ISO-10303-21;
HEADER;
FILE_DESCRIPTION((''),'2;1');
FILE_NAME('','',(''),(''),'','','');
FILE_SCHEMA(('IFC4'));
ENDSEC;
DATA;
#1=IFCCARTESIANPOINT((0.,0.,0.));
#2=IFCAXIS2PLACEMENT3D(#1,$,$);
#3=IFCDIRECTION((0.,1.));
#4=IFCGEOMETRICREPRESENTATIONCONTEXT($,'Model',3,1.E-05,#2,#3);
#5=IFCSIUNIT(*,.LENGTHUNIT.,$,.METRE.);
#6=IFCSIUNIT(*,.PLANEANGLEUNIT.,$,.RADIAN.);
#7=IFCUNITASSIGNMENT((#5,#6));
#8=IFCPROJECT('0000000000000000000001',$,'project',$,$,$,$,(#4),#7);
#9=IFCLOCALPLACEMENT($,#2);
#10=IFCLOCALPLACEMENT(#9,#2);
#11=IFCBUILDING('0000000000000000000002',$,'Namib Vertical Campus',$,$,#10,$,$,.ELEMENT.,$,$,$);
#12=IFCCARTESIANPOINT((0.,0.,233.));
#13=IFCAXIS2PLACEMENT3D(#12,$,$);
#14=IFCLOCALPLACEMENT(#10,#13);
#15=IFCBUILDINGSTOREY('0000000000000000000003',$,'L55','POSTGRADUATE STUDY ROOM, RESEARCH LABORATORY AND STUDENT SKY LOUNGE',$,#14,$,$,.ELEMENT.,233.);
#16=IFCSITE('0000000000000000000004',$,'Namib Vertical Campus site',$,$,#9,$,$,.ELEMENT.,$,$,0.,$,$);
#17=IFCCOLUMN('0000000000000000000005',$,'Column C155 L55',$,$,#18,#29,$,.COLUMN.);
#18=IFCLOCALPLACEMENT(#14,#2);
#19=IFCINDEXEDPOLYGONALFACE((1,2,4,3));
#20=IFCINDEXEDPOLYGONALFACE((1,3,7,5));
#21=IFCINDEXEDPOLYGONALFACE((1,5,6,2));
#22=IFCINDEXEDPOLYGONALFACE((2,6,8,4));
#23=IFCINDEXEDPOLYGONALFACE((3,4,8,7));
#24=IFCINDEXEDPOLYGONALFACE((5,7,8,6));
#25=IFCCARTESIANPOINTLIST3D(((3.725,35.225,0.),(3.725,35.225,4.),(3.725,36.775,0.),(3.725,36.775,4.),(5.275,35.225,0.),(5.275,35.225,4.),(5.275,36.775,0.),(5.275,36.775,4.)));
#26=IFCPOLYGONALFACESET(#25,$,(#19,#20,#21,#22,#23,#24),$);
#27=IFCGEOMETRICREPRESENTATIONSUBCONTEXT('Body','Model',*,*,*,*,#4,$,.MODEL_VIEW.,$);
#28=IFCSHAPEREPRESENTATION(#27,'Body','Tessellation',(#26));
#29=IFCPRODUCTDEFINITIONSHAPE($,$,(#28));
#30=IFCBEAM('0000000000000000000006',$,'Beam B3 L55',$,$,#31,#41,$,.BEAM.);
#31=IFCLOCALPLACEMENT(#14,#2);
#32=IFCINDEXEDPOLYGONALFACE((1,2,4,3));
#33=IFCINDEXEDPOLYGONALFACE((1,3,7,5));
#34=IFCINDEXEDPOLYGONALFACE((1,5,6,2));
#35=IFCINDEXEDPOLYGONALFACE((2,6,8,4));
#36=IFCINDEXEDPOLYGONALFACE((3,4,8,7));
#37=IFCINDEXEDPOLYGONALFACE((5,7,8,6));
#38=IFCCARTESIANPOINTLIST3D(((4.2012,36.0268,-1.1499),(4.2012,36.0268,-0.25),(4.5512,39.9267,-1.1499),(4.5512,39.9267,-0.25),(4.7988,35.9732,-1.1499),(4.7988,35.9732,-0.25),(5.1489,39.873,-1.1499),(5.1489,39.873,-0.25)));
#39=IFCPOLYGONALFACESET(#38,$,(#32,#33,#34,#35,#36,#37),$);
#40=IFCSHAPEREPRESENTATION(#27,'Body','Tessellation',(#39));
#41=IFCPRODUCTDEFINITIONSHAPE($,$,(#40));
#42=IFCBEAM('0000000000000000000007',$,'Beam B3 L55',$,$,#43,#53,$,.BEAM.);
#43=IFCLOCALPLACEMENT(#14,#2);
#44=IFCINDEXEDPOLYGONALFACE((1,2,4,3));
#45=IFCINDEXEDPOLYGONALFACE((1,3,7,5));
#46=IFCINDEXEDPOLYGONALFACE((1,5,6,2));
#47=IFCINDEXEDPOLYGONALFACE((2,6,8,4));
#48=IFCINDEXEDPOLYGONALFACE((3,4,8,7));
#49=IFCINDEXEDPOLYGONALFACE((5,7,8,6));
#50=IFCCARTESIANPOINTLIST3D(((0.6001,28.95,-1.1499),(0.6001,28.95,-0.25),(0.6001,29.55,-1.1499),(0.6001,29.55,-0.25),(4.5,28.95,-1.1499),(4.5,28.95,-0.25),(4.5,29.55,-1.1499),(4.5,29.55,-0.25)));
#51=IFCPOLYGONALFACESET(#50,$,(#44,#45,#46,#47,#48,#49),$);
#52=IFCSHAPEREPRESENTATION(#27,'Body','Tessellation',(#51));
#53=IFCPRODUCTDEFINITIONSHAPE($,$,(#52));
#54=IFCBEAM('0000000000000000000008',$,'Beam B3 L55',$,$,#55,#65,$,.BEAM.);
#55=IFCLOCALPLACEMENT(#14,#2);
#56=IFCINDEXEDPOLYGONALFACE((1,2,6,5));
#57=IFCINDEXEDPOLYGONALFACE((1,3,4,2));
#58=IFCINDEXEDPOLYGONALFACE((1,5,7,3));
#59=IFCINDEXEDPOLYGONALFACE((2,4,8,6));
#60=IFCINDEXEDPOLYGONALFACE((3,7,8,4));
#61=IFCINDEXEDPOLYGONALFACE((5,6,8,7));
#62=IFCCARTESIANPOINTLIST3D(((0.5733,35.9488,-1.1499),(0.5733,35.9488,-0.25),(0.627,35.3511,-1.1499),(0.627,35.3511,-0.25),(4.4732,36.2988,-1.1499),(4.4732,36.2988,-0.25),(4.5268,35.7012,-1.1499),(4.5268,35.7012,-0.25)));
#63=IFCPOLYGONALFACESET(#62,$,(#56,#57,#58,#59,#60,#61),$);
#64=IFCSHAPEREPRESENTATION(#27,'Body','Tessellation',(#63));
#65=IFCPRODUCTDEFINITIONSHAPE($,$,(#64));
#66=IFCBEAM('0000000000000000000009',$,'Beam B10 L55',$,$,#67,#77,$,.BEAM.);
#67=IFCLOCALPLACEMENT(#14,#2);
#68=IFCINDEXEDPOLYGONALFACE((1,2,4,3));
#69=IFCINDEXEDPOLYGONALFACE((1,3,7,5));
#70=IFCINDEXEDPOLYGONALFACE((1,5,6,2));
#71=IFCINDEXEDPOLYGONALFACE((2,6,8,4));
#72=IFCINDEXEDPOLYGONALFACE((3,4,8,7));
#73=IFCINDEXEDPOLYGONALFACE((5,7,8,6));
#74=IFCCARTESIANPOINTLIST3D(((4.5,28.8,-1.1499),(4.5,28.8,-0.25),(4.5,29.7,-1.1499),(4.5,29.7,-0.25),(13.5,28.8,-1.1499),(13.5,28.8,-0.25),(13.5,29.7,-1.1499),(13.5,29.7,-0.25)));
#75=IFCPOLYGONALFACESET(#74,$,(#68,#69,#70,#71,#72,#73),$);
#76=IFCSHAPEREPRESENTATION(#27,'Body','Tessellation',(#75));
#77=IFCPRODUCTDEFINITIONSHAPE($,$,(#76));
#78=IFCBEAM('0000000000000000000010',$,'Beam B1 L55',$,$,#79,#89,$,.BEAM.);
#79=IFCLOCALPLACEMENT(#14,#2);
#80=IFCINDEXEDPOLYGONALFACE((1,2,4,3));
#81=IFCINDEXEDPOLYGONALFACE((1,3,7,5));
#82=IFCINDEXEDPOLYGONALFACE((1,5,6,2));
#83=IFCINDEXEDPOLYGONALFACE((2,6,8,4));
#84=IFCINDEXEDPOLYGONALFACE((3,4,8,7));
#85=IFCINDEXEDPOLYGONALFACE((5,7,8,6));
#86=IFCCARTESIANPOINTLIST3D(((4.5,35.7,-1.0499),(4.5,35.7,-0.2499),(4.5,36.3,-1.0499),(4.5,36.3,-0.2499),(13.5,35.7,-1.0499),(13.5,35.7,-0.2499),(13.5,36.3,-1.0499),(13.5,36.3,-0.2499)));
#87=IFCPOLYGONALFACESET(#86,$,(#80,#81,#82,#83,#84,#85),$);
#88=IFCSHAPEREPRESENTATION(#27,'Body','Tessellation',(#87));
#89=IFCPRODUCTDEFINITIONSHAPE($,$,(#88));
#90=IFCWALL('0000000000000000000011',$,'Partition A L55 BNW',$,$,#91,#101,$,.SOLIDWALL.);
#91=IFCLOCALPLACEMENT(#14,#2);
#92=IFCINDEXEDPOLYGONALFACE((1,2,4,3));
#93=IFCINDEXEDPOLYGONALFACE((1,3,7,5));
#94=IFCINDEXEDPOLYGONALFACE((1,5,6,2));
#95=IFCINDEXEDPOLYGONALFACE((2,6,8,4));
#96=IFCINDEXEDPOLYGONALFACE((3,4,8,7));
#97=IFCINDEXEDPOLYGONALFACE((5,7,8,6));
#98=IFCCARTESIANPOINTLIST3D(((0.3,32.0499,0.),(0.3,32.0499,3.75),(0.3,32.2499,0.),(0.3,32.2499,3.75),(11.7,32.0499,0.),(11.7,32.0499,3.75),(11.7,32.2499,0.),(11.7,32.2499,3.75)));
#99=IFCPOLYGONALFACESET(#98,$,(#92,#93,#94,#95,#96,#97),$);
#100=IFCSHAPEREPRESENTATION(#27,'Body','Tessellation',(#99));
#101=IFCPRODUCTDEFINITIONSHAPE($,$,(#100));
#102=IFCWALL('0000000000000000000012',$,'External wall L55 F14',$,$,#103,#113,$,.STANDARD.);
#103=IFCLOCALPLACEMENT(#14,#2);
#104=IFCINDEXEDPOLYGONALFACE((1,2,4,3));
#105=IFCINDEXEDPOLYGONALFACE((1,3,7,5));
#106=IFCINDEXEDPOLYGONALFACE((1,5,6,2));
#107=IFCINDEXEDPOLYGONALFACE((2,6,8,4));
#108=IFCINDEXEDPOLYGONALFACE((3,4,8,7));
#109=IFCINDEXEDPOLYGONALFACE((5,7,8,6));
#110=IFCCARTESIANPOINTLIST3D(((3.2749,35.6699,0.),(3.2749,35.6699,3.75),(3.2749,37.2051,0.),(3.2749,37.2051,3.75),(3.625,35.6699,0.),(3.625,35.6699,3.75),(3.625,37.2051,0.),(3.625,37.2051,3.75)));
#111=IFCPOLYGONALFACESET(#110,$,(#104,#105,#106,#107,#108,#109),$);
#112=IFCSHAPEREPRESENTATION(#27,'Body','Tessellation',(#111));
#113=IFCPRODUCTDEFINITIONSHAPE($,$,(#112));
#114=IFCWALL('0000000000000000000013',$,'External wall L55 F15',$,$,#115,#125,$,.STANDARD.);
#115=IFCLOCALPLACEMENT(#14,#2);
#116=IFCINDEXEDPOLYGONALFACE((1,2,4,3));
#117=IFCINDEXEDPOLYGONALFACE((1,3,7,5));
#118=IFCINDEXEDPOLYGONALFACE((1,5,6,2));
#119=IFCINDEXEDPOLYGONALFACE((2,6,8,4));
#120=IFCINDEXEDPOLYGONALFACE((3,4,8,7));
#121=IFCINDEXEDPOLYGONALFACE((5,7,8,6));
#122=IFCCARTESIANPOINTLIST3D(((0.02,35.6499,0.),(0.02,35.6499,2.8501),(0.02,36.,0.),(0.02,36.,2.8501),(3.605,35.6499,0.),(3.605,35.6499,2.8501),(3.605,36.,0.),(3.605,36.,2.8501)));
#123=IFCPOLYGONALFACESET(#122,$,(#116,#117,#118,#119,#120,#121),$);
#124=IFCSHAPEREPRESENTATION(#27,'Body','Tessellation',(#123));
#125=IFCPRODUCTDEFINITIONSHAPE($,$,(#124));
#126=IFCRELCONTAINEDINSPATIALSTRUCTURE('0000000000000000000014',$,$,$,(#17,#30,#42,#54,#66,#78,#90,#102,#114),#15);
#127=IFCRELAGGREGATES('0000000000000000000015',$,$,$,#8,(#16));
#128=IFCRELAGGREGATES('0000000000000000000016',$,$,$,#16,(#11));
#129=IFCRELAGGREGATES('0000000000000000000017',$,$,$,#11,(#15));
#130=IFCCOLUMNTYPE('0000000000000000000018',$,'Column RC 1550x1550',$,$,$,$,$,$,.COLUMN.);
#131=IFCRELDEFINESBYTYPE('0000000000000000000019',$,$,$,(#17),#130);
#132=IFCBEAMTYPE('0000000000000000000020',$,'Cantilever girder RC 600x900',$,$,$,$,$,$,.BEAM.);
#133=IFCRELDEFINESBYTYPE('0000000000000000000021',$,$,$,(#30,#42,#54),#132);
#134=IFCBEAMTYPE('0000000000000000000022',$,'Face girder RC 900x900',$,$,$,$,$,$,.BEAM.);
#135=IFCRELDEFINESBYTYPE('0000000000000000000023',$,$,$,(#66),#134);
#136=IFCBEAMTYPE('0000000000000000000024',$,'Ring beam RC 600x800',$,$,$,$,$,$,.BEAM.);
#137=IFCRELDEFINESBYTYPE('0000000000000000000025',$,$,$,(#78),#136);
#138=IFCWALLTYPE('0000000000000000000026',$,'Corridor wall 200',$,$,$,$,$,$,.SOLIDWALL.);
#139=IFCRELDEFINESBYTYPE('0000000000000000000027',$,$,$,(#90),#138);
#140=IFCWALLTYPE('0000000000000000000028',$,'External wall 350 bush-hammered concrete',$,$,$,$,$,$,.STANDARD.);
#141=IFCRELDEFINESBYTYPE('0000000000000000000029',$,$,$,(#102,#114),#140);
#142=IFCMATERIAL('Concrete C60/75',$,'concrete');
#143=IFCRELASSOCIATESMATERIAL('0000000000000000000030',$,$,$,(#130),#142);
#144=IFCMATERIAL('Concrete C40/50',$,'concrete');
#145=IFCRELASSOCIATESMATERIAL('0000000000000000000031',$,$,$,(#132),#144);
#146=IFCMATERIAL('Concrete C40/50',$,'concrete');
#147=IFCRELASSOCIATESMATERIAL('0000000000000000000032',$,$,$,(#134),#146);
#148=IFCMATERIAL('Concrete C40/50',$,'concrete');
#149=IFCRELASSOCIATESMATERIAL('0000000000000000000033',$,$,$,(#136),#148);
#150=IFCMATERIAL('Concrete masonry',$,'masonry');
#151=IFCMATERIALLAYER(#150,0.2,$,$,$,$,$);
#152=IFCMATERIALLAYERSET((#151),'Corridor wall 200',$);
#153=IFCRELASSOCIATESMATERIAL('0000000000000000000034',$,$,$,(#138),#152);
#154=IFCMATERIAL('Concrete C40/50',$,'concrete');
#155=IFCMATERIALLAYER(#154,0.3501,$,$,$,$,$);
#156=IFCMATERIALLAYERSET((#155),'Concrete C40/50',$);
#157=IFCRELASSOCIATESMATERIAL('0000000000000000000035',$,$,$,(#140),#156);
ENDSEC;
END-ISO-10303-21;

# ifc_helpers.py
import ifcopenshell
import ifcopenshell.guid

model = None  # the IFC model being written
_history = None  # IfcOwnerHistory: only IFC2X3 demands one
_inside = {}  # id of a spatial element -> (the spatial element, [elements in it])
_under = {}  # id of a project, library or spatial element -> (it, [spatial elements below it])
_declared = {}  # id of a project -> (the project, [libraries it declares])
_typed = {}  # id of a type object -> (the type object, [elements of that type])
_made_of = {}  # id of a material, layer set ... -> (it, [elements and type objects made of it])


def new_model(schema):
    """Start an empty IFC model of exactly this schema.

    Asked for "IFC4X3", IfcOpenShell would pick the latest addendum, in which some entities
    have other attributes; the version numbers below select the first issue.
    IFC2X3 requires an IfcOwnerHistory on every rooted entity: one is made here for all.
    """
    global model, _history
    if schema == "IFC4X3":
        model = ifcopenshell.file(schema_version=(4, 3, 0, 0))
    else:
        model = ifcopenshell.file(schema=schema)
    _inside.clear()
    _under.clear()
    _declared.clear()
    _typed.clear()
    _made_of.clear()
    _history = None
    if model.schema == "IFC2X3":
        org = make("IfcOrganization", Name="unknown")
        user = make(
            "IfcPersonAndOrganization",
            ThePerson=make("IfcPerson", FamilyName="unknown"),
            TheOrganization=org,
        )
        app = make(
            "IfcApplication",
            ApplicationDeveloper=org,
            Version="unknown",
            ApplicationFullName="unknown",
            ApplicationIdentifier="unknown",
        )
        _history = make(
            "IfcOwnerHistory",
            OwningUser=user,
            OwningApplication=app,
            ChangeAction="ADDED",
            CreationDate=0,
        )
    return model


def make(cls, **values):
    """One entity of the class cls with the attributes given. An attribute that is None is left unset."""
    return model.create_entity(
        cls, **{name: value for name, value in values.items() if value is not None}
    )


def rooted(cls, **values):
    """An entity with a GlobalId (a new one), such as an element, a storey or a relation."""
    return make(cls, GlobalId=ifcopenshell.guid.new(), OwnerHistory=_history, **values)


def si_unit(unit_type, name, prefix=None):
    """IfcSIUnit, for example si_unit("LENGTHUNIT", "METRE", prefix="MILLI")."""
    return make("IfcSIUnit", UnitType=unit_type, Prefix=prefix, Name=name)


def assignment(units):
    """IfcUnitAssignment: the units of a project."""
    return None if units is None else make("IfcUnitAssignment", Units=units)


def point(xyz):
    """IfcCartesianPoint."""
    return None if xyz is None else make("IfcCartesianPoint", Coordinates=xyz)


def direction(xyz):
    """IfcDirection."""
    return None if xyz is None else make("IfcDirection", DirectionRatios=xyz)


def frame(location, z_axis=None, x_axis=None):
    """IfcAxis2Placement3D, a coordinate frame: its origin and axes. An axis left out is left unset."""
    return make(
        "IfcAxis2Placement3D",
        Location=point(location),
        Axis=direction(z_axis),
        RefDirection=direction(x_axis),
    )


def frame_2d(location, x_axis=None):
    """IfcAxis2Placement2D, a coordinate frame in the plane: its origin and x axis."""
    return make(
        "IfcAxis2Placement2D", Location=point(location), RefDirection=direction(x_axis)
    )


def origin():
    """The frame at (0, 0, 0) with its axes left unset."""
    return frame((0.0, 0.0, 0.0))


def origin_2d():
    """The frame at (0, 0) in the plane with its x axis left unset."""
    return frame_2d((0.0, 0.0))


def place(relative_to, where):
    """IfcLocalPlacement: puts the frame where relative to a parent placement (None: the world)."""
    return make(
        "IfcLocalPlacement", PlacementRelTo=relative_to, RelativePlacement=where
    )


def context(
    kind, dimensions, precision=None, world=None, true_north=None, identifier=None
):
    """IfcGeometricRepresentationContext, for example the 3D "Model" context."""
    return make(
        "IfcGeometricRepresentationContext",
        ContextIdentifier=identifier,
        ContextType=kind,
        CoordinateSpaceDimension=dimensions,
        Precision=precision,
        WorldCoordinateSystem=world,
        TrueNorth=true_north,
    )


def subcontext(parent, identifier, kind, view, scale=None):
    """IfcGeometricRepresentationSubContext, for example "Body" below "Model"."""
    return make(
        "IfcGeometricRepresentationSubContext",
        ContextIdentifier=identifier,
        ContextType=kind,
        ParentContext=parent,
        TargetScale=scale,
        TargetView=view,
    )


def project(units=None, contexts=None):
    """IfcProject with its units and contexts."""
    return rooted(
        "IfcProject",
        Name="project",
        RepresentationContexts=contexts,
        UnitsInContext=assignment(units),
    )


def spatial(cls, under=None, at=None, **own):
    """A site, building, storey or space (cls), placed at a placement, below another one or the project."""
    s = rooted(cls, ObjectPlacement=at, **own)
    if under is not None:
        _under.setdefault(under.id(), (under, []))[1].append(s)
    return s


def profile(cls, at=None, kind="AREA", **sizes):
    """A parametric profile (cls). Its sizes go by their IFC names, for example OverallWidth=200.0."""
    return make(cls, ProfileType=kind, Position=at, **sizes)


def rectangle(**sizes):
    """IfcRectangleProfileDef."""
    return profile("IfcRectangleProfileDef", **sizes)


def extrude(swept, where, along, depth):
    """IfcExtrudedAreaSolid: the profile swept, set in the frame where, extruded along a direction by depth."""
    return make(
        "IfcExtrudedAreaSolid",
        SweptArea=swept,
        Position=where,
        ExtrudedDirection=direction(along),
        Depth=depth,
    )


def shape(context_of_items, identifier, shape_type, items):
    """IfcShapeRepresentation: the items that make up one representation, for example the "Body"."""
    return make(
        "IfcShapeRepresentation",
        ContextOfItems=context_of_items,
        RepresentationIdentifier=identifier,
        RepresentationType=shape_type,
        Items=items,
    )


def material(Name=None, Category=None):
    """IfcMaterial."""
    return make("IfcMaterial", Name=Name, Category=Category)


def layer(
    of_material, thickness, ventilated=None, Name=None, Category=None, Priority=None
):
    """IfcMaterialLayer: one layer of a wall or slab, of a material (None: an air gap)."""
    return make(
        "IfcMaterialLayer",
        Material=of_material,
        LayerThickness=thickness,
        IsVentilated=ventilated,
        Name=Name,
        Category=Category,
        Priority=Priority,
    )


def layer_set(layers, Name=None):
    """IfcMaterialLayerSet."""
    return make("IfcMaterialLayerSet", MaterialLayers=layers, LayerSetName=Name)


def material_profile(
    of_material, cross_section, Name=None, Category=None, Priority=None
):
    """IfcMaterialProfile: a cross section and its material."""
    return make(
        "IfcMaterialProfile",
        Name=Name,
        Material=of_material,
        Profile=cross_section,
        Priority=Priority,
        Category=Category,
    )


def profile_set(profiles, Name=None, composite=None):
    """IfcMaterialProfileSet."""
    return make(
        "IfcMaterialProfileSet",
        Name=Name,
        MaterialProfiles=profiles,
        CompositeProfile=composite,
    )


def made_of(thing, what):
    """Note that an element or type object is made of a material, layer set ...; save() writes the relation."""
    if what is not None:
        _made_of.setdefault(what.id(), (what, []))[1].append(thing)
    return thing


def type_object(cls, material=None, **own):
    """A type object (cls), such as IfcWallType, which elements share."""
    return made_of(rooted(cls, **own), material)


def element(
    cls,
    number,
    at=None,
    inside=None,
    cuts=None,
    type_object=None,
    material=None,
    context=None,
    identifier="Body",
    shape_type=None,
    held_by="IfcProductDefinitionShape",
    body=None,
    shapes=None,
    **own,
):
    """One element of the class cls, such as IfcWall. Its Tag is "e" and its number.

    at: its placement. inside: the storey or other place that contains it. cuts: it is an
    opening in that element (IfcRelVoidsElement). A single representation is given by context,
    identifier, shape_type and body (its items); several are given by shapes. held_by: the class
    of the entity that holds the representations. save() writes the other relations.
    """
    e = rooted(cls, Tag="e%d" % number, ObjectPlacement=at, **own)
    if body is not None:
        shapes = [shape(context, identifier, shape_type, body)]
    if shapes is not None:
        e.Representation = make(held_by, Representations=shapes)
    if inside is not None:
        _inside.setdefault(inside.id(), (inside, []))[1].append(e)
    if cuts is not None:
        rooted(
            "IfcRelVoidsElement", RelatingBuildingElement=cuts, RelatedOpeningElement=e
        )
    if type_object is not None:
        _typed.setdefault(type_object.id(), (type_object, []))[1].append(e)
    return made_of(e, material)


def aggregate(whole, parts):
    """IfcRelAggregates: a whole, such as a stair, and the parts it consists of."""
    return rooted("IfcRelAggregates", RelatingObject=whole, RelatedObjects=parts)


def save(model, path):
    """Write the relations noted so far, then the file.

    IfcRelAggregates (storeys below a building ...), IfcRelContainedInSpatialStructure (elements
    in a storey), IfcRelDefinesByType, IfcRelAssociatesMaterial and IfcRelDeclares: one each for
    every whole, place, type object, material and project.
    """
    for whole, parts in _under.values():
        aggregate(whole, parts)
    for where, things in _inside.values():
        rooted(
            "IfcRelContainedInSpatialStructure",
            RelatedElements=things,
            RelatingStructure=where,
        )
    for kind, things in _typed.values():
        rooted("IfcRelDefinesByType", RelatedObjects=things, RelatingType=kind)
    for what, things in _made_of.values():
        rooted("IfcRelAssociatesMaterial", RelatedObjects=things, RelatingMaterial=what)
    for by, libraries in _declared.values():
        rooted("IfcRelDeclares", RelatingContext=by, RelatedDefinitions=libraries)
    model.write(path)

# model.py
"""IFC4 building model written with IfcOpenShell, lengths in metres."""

from ifc_helpers import new_model, si_unit, direction, frame, frame_2d, origin, origin_2d, place, context, subcontext, project, spatial, rectangle, extrude, material, layer, layer_set, material_profile, profile_set, type_object, element, save


model = new_model("IFC4")

# Units and contexts
model_context = context("Model", 3, precision=1e-05, world=origin(), true_north=direction((0.0, 1.0)))
body_context = subcontext(model_context, "Body", "Model", "MODEL_VIEW")
ifc_project = project(units=[si_unit("LENGTHUNIT", "METRE"), si_unit("PLANEANGLEUNIT", "RADIAN")], contexts=[model_context])

# Site, building, storey
site_placement = place(None, origin())
site = spatial("IfcSite", under=ifc_project, at=site_placement, Name="Namib Vertical Campus site", CompositionType="ELEMENT", RefElevation=0.0)
building_placement = place(site_placement, origin())
building = spatial("IfcBuilding", under=site, at=building_placement, Name="Namib Vertical Campus", CompositionType="ELEMENT")
storey_placement = place(building_placement, frame((0.0, 0.0, 233.0)))
storey = spatial("IfcBuildingStorey", under=building, at=storey_placement, Name="L55", Description="POSTGRADUATE STUDY ROOM, RESEARCH LABORATORY AND STUDENT SKY LOUNGE", CompositionType="ELEMENT", Elevation=233.0)

# Column
ifc_material_1 = material(Name="Concrete C60/75", Category="concrete")
ifc_material_profile_1 = material_profile(ifc_material_1, rectangle(XDim=1.55, YDim=1.55, at=origin_2d()))
ifc_profile_set_1 = profile_set([ifc_material_profile_1], Name="Concrete C60/75")
column_type = type_object("IfcColumnType", Name="Column RC 1550x1550", PredefinedType="COLUMN", material=ifc_profile_set_1)
column_placement = place(storey_placement, frame((4.5, 36.0, 0.0), z_axis=(0.0, 0.0, 1.0), x_axis=(1.0, 0.0, 0.0)))
element("IfcColumn", 1, at=column_placement, inside=storey, type_object=column_type, Name="Column C155 L55", PredefinedType="COLUMN", context=body_context, shape_type="SweptSolid", body=[
    extrude(rectangle(XDim=1.55, YDim=1.55, at=origin_2d()), origin(), (0.0, 0.0, 1.0), 4.0),
])

# Beams
ifc_material_2 = material(Name="Concrete C40/50", Category="concrete")
ifc_material_profile_2 = material_profile(ifc_material_2, rectangle(XDim=0.6001, YDim=0.8999, at=origin_2d()))
ifc_profile_set_2 = profile_set([ifc_material_profile_2], Name="Concrete C40/50")
beam_type_1 = type_object("IfcBeamType", Name="Cantilever girder RC 600x900", PredefinedType="BEAM", material=ifc_profile_set_2)
beam_1_placement = place(storey_placement, frame((4.5, 36.0, -0.7), z_axis=(0.089411, 0.995995, 0.0), x_axis=(-0.995995, 0.089411, 0.0)))
element("IfcBeam", 2, at=beam_1_placement, inside=storey, type_object=beam_type_1, Name="Beam B3 L55", PredefinedType="BEAM", context=body_context, shape_type="SweptSolid", body=[
    extrude(rectangle(XDim=0.6001, YDim=0.8999, at=origin_2d()), origin(), (0.0, 0.0, 1.0), 3.9155),
])
beam_2_placement = place(storey_placement, frame((4.5, 29.25, -0.7), z_axis=(-1.0, 0.0, 0.0), x_axis=(0.0, -1.0, 0.0)))
element("IfcBeam", 3, at=beam_2_placement, inside=storey, type_object=beam_type_1, Name="Beam B3 L55", PredefinedType="BEAM", context=body_context, shape_type="SweptSolid", body=[
    extrude(rectangle(XDim=0.6001, YDim=0.8999, at=origin_2d()), origin(), (0.0, 0.0, 1.0), 3.8999),
])
beam_3_placement = place(storey_placement, frame((4.5, 36.0, -0.7), z_axis=(-0.995995, -0.089411, 0.0), x_axis=(0.089411, -0.995995, 0.0)))
element("IfcBeam", 4, at=beam_3_placement, inside=storey, type_object=beam_type_1, Name="Beam B3 L55", PredefinedType="BEAM", context=body_context, shape_type="SweptSolid", body=[
    extrude(rectangle(XDim=0.6001, YDim=0.8999, at=origin_2d()), origin(), (0.0, 0.0, 1.0), 3.9155),
])
ifc_material_3 = material(Name="Concrete C40/50", Category="concrete")
ifc_material_profile_3 = material_profile(ifc_material_3, rectangle(XDim=0.8999, YDim=0.8999, at=origin_2d()))
ifc_profile_set_3 = profile_set([ifc_material_profile_3], Name="Concrete C40/50")
beam_type_2 = type_object("IfcBeamType", Name="Face girder RC 900x900", PredefinedType="BEAM", material=ifc_profile_set_3)
beam_4_placement = place(storey_placement, frame((4.5, 29.25, -0.7), z_axis=(1.0, 0.0, 0.0), x_axis=(0.0, 1.0, 0.0)))
element("IfcBeam", 5, at=beam_4_placement, inside=storey, type_object=beam_type_2, Name="Beam B10 L55", PredefinedType="BEAM", context=body_context, shape_type="SweptSolid", body=[
    extrude(rectangle(XDim=0.8999, YDim=0.8999, at=origin_2d()), origin(), (0.0, 0.0, 1.0), 9.0),
])
ifc_material_4 = material(Name="Concrete C40/50", Category="concrete")
ifc_material_profile_4 = material_profile(ifc_material_4, rectangle(XDim=0.6001, YDim=0.8, at=origin_2d()))
ifc_profile_set_4 = profile_set([ifc_material_profile_4], Name="Concrete C40/50")
beam_type_3 = type_object("IfcBeamType", Name="Ring beam RC 600x800", PredefinedType="BEAM", material=ifc_profile_set_4)
beam_5_placement = place(storey_placement, frame((4.5, 36.0, -0.6499), z_axis=(1.0, 0.0, 0.0), x_axis=(0.0, 1.0, 0.0)))
element("IfcBeam", 6, at=beam_5_placement, inside=storey, type_object=beam_type_3, Name="Beam B1 L55", PredefinedType="BEAM", context=body_context, shape_type="SweptSolid", body=[
    extrude(rectangle(XDim=0.6001, YDim=0.8, at=origin_2d()), origin(), (0.0, 0.0, 1.0), 9.0),
])

# Walls
ifc_material_5 = material(Name="Concrete masonry", Category="masonry")
ifc_layer_1 = layer(ifc_material_5, 0.2)
ifc_layer_set_1 = layer_set([ifc_layer_1], Name="Corridor wall 200")
wall_type_1 = type_object("IfcWallType", Name="Corridor wall 200", PredefinedType="SOLIDWALL", material=ifc_layer_set_1)
wall_1_placement = place(storey_placement, frame((0.3, 32.1499, 0.0), z_axis=(0.0, 0.0, 1.0), x_axis=(1.0, 0.0, 0.0)))
element("IfcWall", 7, at=wall_1_placement, inside=storey, type_object=wall_type_1, Name="Partition A L55 BNW", PredefinedType="SOLIDWALL", context=body_context, shape_type="SweptSolid", body=[
    extrude(rectangle(XDim=11.3999, YDim=0.2, at=frame_2d((5.7, 0.0))), origin(), (0.0, 0.0, 1.0), 3.75),
])
ifc_material_6 = material(Name="Concrete C40/50", Category="concrete")
ifc_layer_2 = layer(ifc_material_6, 0.3501)
ifc_layer_set_2 = layer_set([ifc_layer_2], Name="Concrete C40/50")
wall_type_2 = type_object("IfcWallType", Name="External wall 350 bush-hammered concrete", PredefinedType="STANDARD", material=ifc_layer_set_2)
wall_2_placement = place(storey_placement, frame((3.45, 37.2051, 0.0), z_axis=(0.0, 0.0, 1.0), x_axis=(0.0, -1.0, 0.0)))
element("IfcWall", 8, at=wall_2_placement, inside=storey, type_object=wall_type_2, Name="External wall L55 F14", PredefinedType="STANDARD", context=body_context, shape_type="SweptSolid", body=[
    extrude(rectangle(XDim=1.5352, YDim=0.3501, at=frame_2d((0.7676, 0.0))), origin(), (0.0, 0.0, 1.0), 3.75),
])
wall_3_placement = place(storey_placement, frame((3.605, 35.825, 0.0), z_axis=(0.0, 0.0, 1.0), x_axis=(-1.0, 0.0, 0.0)))
element("IfcWall", 9, at=wall_3_placement, inside=storey, type_object=wall_type_2, Name="External wall L55 F15", PredefinedType="STANDARD", context=body_context, shape_type="SweptSolid", body=[
    extrude(rectangle(XDim=3.585, YDim=0.3501, at=frame_2d((1.7925, 0.0))), origin(), (0.0, 0.0, 1.0), 2.8501),
])

save(model, "model.ifc")
